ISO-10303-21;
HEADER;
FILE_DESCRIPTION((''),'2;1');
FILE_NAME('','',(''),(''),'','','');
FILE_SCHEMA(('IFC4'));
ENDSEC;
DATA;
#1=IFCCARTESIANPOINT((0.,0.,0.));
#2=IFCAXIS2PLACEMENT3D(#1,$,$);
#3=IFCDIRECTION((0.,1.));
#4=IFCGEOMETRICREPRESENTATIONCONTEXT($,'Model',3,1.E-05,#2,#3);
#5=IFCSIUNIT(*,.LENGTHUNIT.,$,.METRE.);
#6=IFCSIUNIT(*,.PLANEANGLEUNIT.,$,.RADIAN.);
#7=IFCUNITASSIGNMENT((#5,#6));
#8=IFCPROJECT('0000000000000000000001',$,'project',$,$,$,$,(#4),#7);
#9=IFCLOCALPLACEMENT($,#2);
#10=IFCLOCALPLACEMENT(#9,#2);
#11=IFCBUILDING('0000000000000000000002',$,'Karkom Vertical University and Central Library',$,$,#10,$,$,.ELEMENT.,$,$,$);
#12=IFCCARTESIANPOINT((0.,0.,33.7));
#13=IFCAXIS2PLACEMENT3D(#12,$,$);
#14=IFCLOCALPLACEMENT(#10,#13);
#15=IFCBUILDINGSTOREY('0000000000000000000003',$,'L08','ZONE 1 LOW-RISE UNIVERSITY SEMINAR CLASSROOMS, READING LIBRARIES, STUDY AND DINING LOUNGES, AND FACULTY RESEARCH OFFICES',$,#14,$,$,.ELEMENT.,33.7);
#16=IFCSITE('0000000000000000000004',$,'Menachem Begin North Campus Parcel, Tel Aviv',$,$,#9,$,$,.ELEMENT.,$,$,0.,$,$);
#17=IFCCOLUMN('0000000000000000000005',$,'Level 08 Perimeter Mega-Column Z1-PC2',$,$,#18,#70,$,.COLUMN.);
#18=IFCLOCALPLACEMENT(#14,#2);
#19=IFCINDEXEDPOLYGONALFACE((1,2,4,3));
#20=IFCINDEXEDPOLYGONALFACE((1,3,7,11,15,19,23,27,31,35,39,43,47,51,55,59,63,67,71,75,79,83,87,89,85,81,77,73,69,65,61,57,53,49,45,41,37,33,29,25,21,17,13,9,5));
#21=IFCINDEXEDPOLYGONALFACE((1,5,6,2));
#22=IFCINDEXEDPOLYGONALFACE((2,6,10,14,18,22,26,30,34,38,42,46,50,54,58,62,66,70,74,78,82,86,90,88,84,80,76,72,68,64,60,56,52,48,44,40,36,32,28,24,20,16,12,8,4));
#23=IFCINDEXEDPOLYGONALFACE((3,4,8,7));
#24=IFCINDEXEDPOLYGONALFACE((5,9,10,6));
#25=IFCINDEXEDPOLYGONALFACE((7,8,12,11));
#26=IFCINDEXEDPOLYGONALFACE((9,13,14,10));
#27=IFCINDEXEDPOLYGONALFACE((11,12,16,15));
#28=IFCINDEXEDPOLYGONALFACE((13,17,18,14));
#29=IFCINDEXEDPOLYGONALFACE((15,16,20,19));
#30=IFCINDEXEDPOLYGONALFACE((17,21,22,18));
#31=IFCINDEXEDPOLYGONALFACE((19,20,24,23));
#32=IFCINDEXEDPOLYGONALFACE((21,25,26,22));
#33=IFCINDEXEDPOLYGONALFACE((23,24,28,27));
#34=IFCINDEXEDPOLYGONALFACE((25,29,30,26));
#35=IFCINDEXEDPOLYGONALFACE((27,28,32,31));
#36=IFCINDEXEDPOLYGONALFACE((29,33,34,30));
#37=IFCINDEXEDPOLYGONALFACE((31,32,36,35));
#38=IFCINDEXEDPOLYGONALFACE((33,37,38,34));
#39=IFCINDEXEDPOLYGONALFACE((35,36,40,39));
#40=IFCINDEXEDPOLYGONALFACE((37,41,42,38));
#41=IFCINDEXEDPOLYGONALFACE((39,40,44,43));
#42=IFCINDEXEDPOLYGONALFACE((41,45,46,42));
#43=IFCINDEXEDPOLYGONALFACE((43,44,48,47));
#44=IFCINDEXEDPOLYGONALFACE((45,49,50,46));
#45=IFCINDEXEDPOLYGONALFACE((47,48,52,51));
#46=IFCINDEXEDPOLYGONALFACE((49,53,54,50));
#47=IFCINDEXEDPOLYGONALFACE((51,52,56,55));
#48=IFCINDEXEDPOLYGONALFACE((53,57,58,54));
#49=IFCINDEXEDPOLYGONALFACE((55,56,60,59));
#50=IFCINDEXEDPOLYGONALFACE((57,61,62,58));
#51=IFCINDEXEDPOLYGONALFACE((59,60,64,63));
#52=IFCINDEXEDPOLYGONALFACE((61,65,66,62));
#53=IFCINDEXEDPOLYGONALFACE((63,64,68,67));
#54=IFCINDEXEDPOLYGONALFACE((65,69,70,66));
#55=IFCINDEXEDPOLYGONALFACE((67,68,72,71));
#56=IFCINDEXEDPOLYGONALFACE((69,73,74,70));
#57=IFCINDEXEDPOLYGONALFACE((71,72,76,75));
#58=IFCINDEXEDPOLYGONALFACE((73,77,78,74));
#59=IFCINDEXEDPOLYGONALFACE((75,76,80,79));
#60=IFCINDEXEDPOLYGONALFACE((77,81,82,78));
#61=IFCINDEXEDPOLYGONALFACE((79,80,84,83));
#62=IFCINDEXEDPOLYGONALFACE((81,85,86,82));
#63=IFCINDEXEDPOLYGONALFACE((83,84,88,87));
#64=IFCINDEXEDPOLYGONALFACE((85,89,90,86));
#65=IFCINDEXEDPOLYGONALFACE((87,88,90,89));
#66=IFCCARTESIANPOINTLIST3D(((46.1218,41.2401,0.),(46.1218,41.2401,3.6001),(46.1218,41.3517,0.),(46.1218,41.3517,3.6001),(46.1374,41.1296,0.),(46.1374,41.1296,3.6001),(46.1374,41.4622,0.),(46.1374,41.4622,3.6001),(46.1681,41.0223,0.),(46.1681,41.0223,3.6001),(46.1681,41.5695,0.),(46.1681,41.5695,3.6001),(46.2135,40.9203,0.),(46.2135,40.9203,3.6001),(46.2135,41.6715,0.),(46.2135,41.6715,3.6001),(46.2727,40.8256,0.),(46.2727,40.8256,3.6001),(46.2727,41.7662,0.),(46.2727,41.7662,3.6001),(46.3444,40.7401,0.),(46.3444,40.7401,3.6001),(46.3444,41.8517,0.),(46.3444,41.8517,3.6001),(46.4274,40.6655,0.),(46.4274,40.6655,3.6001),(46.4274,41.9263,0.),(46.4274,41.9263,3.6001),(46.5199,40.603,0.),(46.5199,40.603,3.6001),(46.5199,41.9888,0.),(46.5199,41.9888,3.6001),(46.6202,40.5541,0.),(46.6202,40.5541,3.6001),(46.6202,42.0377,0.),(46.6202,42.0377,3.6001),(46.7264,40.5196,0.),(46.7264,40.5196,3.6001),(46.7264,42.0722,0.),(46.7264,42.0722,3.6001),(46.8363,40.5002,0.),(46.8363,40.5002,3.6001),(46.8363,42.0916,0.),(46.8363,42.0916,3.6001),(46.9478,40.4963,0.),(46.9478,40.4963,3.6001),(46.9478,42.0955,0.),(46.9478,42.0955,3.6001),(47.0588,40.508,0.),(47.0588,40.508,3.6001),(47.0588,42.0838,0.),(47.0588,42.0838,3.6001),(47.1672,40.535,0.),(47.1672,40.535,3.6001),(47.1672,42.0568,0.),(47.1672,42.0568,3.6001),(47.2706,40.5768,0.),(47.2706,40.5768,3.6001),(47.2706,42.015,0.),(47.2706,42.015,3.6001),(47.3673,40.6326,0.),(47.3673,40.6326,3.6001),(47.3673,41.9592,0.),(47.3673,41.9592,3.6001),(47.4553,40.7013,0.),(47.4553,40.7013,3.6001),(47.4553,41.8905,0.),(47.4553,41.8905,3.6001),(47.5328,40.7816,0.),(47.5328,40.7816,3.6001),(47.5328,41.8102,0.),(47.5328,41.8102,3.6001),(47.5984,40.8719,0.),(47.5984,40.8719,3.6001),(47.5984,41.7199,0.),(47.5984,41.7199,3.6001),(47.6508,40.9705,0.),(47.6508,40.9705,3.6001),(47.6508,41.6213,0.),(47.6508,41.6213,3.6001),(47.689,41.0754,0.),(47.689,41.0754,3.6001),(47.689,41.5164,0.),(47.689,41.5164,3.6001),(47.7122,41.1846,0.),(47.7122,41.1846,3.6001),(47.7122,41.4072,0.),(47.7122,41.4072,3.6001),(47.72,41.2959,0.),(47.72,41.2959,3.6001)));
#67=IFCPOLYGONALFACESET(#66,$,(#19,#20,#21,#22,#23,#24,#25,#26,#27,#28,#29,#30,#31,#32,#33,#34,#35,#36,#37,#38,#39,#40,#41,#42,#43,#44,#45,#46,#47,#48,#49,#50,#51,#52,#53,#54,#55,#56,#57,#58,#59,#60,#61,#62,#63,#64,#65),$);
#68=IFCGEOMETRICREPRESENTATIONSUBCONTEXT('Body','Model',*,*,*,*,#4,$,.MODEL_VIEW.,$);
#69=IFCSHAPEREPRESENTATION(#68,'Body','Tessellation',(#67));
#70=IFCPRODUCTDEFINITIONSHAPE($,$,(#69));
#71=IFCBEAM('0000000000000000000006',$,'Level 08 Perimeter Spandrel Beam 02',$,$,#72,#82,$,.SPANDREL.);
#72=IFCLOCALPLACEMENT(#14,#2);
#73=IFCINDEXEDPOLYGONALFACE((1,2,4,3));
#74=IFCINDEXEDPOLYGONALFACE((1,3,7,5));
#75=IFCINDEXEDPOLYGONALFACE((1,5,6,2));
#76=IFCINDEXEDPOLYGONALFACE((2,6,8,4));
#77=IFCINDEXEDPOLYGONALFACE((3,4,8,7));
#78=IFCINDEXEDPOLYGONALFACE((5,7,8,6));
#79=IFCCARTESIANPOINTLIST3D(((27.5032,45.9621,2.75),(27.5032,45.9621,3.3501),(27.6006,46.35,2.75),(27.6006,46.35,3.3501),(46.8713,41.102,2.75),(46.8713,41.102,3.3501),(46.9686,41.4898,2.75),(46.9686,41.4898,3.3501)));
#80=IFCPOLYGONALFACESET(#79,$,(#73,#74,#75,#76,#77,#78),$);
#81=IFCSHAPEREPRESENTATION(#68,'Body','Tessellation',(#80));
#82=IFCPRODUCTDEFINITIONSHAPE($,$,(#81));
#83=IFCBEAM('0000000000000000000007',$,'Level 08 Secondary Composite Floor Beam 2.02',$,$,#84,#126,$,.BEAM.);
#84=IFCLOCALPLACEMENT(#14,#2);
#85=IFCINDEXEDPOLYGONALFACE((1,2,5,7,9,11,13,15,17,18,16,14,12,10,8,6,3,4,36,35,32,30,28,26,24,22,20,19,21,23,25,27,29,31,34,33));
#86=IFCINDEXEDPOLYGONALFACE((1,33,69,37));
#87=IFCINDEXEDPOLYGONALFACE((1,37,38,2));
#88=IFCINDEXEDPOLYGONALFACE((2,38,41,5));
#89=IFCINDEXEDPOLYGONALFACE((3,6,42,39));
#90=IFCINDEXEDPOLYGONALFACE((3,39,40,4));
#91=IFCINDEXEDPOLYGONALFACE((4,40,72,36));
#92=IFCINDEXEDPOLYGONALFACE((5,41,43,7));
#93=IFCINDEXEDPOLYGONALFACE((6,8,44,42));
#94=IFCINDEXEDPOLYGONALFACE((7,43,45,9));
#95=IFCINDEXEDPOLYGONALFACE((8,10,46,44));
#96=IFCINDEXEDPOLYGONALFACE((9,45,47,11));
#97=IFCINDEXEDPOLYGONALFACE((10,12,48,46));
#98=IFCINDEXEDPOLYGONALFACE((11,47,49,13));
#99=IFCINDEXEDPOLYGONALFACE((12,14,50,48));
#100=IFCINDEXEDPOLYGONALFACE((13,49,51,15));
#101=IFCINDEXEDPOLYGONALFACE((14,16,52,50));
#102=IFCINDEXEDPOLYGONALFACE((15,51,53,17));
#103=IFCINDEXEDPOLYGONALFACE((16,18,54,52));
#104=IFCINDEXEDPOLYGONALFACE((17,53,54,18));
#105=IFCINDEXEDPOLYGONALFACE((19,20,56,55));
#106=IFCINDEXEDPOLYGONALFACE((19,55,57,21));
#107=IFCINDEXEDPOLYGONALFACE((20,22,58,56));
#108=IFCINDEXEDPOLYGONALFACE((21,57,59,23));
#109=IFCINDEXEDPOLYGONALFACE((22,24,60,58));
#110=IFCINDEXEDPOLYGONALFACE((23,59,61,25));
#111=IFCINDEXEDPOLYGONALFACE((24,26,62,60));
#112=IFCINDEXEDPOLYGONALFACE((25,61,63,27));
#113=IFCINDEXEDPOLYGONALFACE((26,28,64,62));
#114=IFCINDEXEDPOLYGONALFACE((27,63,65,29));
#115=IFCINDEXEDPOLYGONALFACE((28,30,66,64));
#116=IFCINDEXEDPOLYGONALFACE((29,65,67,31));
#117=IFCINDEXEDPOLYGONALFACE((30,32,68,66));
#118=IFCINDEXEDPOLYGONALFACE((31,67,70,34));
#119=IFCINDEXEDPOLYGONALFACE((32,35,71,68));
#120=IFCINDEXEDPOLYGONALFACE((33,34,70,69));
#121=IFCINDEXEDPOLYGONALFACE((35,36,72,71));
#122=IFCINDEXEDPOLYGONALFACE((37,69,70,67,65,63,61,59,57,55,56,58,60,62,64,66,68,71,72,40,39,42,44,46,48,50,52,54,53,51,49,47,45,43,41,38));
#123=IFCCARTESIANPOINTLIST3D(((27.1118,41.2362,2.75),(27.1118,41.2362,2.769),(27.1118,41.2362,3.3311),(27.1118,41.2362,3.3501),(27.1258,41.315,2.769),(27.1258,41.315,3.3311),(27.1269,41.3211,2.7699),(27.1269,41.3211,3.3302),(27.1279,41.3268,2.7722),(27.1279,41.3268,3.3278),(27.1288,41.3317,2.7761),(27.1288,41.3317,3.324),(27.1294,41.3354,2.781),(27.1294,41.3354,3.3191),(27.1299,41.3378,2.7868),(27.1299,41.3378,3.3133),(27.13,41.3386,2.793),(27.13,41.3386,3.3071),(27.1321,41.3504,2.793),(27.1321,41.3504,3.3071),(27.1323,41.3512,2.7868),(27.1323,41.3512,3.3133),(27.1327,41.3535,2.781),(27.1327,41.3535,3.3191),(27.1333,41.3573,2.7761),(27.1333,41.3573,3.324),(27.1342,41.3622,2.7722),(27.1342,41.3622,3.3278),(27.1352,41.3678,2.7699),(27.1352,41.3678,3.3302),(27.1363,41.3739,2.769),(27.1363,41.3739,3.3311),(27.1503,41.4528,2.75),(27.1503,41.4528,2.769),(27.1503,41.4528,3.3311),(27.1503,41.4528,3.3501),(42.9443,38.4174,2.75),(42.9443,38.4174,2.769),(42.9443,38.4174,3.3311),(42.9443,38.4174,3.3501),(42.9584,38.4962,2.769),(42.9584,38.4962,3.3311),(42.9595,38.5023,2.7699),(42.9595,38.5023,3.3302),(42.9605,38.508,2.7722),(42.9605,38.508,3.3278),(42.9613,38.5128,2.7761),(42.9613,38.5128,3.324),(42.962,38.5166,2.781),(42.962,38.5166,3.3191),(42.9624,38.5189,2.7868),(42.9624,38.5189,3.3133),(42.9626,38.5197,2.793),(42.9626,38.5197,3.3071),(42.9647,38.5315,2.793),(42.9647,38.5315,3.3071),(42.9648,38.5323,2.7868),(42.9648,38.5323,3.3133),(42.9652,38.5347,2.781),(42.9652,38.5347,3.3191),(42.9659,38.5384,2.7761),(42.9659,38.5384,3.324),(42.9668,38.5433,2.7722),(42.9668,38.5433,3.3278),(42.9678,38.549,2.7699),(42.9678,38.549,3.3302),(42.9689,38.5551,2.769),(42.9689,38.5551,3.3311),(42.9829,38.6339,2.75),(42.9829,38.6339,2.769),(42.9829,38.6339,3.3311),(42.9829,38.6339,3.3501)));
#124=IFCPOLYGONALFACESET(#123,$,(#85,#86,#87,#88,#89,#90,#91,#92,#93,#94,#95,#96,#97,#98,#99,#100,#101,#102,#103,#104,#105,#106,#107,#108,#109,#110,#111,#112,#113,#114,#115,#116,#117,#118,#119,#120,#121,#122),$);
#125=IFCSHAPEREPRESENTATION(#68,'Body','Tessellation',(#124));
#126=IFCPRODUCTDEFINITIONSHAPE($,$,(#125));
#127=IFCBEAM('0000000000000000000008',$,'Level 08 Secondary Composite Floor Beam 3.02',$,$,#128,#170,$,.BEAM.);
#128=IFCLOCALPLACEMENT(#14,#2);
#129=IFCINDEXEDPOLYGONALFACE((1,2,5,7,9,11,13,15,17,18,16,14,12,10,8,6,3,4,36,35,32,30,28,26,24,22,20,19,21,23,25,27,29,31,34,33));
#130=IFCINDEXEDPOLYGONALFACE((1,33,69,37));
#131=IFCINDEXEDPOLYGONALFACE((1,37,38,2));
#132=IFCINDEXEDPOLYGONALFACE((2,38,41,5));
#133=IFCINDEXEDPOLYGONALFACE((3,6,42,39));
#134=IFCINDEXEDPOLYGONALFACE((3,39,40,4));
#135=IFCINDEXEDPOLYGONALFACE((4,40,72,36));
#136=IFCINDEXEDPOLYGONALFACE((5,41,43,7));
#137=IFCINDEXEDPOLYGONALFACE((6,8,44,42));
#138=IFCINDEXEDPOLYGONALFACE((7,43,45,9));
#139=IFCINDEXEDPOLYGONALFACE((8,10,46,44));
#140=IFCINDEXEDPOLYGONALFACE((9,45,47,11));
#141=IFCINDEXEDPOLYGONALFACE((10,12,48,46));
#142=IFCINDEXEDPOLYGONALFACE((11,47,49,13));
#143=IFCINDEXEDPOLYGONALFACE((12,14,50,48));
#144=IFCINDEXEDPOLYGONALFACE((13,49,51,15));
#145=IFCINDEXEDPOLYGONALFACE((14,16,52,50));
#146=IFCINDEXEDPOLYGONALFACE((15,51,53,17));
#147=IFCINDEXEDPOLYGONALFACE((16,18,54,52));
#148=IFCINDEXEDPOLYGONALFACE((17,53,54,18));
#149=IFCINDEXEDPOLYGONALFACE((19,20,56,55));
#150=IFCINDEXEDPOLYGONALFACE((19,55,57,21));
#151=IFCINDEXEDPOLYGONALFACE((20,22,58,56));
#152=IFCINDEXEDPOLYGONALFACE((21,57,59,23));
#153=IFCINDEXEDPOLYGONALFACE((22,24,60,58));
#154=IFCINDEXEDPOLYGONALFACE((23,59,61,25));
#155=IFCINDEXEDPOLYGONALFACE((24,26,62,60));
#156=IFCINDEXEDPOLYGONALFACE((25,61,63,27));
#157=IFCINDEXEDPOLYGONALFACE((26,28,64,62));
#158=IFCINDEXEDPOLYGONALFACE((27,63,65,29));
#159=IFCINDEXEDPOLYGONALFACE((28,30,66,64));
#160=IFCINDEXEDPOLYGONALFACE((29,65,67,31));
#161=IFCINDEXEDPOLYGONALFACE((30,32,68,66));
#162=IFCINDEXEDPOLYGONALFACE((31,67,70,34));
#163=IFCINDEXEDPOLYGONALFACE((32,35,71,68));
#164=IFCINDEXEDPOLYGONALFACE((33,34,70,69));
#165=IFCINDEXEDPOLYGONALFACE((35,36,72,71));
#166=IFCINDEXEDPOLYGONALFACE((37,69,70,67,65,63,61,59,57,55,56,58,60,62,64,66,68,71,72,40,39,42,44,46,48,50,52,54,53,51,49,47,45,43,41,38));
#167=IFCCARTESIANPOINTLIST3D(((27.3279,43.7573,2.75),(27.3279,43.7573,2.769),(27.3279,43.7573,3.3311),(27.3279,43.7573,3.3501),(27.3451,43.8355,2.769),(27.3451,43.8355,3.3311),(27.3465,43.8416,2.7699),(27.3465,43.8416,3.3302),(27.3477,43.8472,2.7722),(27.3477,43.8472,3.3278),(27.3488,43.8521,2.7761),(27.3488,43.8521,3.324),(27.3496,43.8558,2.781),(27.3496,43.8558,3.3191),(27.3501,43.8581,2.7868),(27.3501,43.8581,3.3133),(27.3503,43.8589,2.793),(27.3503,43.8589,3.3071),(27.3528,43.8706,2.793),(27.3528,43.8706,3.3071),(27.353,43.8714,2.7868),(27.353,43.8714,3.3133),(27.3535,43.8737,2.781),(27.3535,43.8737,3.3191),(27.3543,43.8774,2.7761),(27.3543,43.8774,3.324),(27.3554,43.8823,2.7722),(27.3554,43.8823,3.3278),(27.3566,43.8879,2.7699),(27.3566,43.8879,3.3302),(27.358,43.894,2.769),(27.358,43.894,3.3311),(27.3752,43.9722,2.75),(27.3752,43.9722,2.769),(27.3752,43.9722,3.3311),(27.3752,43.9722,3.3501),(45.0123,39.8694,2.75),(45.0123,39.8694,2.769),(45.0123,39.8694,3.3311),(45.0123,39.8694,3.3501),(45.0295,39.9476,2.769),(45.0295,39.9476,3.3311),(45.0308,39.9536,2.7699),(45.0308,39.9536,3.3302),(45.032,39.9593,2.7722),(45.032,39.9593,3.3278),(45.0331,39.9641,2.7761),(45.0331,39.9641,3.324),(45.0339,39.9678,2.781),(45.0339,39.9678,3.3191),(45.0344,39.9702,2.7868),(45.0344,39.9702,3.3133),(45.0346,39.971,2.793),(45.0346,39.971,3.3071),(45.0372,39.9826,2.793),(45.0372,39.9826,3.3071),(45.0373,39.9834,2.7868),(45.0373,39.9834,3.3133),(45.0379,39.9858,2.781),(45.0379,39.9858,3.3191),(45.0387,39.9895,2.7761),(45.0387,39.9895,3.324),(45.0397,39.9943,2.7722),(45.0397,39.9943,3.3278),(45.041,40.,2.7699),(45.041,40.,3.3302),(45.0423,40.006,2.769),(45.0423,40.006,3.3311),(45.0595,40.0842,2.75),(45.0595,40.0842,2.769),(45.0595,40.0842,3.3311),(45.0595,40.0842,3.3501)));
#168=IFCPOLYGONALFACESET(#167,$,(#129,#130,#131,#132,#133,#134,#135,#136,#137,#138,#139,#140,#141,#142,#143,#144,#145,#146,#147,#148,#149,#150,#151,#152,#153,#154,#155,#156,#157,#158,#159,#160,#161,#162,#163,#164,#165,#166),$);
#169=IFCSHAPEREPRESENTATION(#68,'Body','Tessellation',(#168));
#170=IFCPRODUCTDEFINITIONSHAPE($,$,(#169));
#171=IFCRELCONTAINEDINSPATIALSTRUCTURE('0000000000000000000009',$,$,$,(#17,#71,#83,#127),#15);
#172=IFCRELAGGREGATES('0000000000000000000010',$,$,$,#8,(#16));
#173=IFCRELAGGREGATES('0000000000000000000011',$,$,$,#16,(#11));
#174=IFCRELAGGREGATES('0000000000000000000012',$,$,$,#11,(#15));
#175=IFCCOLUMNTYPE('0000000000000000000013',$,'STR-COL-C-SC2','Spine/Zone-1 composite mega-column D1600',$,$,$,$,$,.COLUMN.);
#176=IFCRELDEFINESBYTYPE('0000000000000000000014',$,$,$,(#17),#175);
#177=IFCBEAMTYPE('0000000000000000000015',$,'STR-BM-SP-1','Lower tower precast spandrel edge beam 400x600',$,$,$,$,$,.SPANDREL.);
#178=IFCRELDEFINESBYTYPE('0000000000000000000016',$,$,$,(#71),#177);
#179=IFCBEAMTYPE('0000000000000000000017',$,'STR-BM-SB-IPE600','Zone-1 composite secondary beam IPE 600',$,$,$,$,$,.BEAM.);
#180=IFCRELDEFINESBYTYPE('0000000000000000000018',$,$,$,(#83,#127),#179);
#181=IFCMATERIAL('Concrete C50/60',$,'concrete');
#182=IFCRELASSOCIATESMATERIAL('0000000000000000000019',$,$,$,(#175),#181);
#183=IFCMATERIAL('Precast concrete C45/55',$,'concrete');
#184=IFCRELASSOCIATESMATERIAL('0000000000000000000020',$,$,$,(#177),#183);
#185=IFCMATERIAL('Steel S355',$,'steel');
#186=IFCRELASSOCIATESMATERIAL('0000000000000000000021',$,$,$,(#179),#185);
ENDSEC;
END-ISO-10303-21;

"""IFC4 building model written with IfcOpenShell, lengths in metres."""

from ifc_helpers import new_model, si_unit, direction, frame, origin, origin_with_axes, origin_2d, place, context, subcontext, project, spatial, rectangle, circle, i_section, extrude, source, transform, mapped, material, material_profile, profile_set, type_object, element, save


model = new_model("IFC4")

# Units and contexts
model_context = context("Model", 3, precision=1e-05, world=origin(), true_north=direction((0.0, 1.0)))
body_context = subcontext(model_context, "Body", "Model", "MODEL_VIEW")
ifc_project = project(units=[si_unit("LENGTHUNIT", "METRE"), si_unit("PLANEANGLEUNIT", "RADIAN")], contexts=[model_context])

# Site, building, storey
site_placement = place(None, origin())
site = spatial("IfcSite", under=ifc_project, at=site_placement, Name="Menachem Begin North Campus Parcel, Tel Aviv", CompositionType="ELEMENT", RefElevation=0.0)
building_placement = place(site_placement, origin())
building = spatial("IfcBuilding", under=site, at=building_placement, Name="Karkom Vertical University and Central Library", CompositionType="ELEMENT")
storey_placement = place(building_placement, frame((0.0, 0.0, 33.7)))
storey = spatial("IfcBuildingStorey", under=building, at=storey_placement, Name="L08", Description="ZONE 1 LOW-RISE UNIVERSITY SEMINAR CLASSROOMS, READING LIBRARIES, STUDY AND DINING LOUNGES, AND FACULTY RESEARCH OFFICES", CompositionType="ELEMENT", Elevation=33.7)

# Column
ifc_material_1 = material(Name="Concrete C50/60", Category="concrete")
ifc_material_profile_1 = material_profile(ifc_material_1, circle(Radius=0.8, at=origin_2d()), Name="CFT-D1600")
ifc_profile_set_1 = profile_set([ifc_material_profile_1], Name="Concrete C50/60")
column_type = type_object("IfcColumnType", Name="STR-COL-C-SC2", Description="Spine/Zone-1 composite mega-column D1600", PredefinedType="COLUMN", material=ifc_profile_set_1)
shared_shape_1 = source(origin_with_axes(), body_context, "Body", "SweptSolid", [
    extrude(circle(Radius=0.8, at=origin_2d()), origin(), (0.0, 0.0, 1.0), 3.6001),
])
column_placement = place(storey_placement, frame((46.9199, 41.2959, 0.0), z_axis=(0.0, 0.0, 1.0), x_axis=(1.0, 0.0, 0.0)))
element("IfcColumn", 1, at=column_placement, inside=storey, type_object=column_type, Name="Level 08 Perimeter Mega-Column Z1-PC2", PredefinedType="COLUMN", context=body_context, shape_type="MappedRepresentation", body=[
    mapped(shared_shape_1, transform((0.0, 0.0, 0.0), scale=1.0)),
])

# Beams
ifc_material_2 = material(Name="Precast concrete C45/55", Category="concrete")
ifc_material_profile_2 = material_profile(ifc_material_2, rectangle(XDim=0.3999, YDim=0.6001, at=origin_2d()), Name="SPB-400x600")
ifc_profile_set_2 = profile_set([ifc_material_profile_2], Name="Precast concrete C45/55")
beam_type_1 = type_object("IfcBeamType", Name="STR-BM-SP-1", Description="Lower tower precast spandrel edge beam 400x600", PredefinedType="SPANDREL", material=ifc_profile_set_2)
shared_shape_2 = source(origin_with_axes(), body_context, "Body", "SweptSolid", [
    extrude(rectangle(XDim=0.3999, YDim=0.6001, at=origin_2d()), origin(), (0.0, 0.0, 1.0), 19.9685),
])
beam_1_placement = place(storey_placement, frame((46.9199, 41.2959, 3.05), z_axis=(-0.969929, 0.24339, 0.0), x_axis=(-0.24339, -0.969929, 0.0)))
element("IfcBeam", 2, at=beam_1_placement, inside=storey, type_object=beam_type_1, Name="Level 08 Perimeter Spandrel Beam 02", PredefinedType="SPANDREL", context=body_context, shape_type="MappedRepresentation", body=[
    mapped(shared_shape_2, transform((0.0, 0.0, 0.0), scale=1.0)),
])
ifc_material_3 = material(Name="Steel S355", Category="steel")
ifc_material_profile_3 = material_profile(ifc_material_3, i_section(OverallWidth=0.22, OverallDepth=0.6001, WebThickness=0.012, FlangeThickness=0.019, FilletRadius=0.0239, at=origin_2d()), Name="IPE 600")
ifc_profile_set_3 = profile_set([ifc_material_profile_3], Name="Steel S355")
beam_type_2 = type_object("IfcBeamType", Name="STR-BM-SB-IPE600", Description="Zone-1 composite secondary beam IPE 600", PredefinedType="BEAM", material=ifc_profile_set_3)
shared_shape_3 = source(origin_with_axes(), body_context, "Body", "SweptSolid", [
    extrude(i_section(OverallWidth=0.22, OverallDepth=0.6001, WebThickness=0.012, FlangeThickness=0.019, FilletRadius=0.0239, at=origin_2d()), origin(), (0.0, 0.0, 1.0), 16.0815),
])
beam_2_placement = place(storey_placement, frame((42.9636, 38.5256, 3.05), z_axis=(-0.984518, 0.175285, 0.0), x_axis=(-0.175285, -0.984518, 0.0)))
element("IfcBeam", 3, at=beam_2_placement, inside=storey, type_object=beam_type_2, Name="Level 08 Secondary Composite Floor Beam 2.02", PredefinedType="BEAM", context=body_context, shape_type="MappedRepresentation", body=[
    mapped(shared_shape_3, transform((0.0, 0.0, 0.0), scale=1.0)),
])
shared_shape_4 = source(origin_with_axes(), body_context, "Body", "SweptSolid", [
    extrude(i_section(OverallWidth=0.22, OverallDepth=0.6001, WebThickness=0.012, FlangeThickness=0.019, FilletRadius=0.0239, at=origin_2d()), origin(), (0.0, 0.0, 1.0), 18.1067),
])
beam_3_placement = place(storey_placement, frame((45.0359, 39.9768, 3.05), z_axis=(-0.976675, 0.214724, 0.0), x_axis=(-0.214724, -0.976675, 0.0)))
element("IfcBeam", 4, at=beam_3_placement, inside=storey, type_object=beam_type_2, Name="Level 08 Secondary Composite Floor Beam 3.02", PredefinedType="BEAM", context=body_context, shape_type="MappedRepresentation", body=[
    mapped(shared_shape_4, transform((0.0, 0.0, 0.0), scale=1.0)),
])

save(model, "model.ifc")
